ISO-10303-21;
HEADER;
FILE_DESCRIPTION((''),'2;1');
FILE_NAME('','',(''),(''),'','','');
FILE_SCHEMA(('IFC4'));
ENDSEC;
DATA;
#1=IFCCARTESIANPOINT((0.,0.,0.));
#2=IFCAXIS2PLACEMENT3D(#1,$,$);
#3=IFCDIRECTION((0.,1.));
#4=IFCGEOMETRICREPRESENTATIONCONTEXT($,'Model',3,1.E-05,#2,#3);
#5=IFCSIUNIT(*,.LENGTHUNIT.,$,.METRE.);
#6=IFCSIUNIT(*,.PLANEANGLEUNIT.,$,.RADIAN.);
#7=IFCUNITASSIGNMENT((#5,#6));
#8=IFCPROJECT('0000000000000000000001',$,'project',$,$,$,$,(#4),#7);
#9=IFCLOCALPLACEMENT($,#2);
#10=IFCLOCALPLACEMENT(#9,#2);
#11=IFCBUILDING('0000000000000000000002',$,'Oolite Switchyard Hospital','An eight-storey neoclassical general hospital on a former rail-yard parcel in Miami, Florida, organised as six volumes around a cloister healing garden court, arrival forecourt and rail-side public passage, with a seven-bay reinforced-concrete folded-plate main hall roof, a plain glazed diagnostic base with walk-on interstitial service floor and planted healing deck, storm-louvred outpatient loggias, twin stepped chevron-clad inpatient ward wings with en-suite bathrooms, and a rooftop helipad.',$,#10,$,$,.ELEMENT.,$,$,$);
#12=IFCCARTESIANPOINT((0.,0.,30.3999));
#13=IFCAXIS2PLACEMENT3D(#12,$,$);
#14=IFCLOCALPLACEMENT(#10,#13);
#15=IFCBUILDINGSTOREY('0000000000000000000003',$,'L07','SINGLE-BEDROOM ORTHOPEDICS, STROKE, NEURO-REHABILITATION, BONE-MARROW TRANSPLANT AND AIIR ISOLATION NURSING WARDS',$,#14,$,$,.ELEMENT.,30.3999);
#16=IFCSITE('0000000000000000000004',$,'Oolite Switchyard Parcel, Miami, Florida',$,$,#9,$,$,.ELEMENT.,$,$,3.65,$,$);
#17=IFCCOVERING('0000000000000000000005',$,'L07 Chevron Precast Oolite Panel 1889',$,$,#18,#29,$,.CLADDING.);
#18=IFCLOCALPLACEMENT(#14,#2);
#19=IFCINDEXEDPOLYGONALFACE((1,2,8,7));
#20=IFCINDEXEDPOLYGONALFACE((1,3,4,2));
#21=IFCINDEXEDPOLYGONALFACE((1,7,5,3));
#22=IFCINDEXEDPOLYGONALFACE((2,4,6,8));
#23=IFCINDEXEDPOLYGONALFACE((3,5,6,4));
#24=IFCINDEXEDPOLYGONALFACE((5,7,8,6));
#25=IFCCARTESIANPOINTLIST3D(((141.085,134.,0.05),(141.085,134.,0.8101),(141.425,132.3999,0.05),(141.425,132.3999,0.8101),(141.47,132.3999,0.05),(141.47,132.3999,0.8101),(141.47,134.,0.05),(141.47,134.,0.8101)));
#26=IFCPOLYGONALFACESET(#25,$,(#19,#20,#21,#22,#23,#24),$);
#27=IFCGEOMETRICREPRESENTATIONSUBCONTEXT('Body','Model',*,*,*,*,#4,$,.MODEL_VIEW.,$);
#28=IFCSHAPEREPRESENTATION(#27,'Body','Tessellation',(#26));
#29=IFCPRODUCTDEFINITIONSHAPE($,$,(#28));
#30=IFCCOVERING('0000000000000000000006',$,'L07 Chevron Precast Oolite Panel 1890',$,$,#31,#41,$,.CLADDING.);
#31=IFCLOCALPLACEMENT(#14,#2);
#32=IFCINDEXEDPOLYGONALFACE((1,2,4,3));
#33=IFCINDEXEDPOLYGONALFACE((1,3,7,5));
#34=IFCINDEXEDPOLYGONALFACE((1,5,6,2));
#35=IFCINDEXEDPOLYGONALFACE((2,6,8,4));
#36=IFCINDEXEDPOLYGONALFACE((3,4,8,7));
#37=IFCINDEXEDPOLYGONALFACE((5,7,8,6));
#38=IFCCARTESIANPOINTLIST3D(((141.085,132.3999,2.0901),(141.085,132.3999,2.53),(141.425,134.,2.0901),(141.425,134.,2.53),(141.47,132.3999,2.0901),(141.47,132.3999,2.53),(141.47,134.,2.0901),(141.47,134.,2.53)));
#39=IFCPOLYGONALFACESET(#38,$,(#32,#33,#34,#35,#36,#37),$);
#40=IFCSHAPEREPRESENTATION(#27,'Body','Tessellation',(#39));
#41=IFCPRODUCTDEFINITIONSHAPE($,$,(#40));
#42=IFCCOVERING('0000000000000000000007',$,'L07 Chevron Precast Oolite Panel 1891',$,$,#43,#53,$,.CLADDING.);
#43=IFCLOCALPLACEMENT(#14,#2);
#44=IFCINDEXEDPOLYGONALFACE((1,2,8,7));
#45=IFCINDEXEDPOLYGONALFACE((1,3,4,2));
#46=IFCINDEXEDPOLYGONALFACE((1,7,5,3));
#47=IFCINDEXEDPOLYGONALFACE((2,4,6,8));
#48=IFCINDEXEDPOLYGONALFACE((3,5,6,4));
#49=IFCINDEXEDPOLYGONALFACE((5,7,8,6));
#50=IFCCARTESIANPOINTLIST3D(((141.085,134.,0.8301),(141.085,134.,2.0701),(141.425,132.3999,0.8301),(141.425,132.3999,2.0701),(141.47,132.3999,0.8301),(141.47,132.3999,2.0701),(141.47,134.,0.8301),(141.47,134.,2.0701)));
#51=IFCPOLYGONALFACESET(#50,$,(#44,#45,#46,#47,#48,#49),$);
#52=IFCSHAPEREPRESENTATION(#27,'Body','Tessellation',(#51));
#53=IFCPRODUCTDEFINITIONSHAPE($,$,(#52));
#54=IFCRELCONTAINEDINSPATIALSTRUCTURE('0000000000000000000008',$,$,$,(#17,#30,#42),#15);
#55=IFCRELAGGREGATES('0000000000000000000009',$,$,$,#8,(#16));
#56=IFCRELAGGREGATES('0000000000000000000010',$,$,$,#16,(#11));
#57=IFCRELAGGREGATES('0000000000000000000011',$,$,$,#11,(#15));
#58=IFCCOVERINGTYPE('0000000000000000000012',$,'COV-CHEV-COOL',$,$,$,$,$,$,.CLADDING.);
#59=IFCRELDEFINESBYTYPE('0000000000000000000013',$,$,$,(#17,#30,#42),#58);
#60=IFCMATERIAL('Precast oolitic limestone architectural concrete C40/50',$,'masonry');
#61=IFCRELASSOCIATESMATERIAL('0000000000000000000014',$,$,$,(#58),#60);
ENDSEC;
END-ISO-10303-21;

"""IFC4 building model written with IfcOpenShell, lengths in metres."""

from ifc_helpers import new_model, si_unit, direction, frame, origin, place, context, subcontext, project, spatial, polyline, outline, extrude, material, type_object, element, save


model = new_model("IFC4")

# Units and contexts
model_context = context("Model", 3, precision=1e-05, world=origin(), true_north=direction((0.0, 1.0)))
body_context = subcontext(model_context, "Body", "Model", "MODEL_VIEW")
ifc_project = project(units=[si_unit("LENGTHUNIT", "METRE"), si_unit("PLANEANGLEUNIT", "RADIAN")], contexts=[model_context])

# Site, building, storey
site_placement = place(None, origin())
site = spatial("IfcSite", under=ifc_project, at=site_placement, Name="Oolite Switchyard Parcel, Miami, Florida", CompositionType="ELEMENT", RefElevation=3.65)
building_placement = place(site_placement, origin())
building = spatial("IfcBuilding", under=site, at=building_placement, Name="Oolite Switchyard Hospital", Description="An eight-storey neoclassical general hospital on a former rail-yard parcel in Miami, Florida, organised as six volumes around a cloister healing garden court, arrival forecourt and rail-side public passage, with a seven-bay reinforced-concrete folded-plate main hall roof, a plain glazed diagnostic base with walk-on interstitial service floor and planted healing deck, storm-louvred outpatient loggias, twin stepped chevron-clad inpatient ward wings with en-suite bathrooms, and a rooftop helipad.", CompositionType="ELEMENT")
storey_placement = place(building_placement, frame((0.0, 0.0, 30.3999)))
storey = spatial("IfcBuildingStorey", under=building, at=storey_placement, Name="L07", Description="SINGLE-BEDROOM ORTHOPEDICS, STROKE, NEURO-REHABILITATION, BONE-MARROW TRANSPLANT AND AIIR ISOLATION NURSING WARDS", CompositionType="ELEMENT", Elevation=30.3999)

# Shared definitions
ifc_material_1 = material(Name="Precast oolitic limestone architectural concrete C40/50", Category="masonry")

# Coverings
covering_type = type_object("IfcCoveringType", Name="COV-CHEV-COOL", PredefinedType="CLADDING", material=ifc_material_1)
covering_1_placement = place(storey_placement, frame((141.47, 132.3999, 0.05), z_axis=(0.0, 0.0, 1.0), x_axis=(0.0, 1.0, 0.0)))
element("IfcCovering", 1, at=covering_1_placement, inside=storey, type_object=covering_type, Name="L07 Chevron Precast Oolite Panel 1889", PredefinedType="CLADDING", context=body_context, shape_type="SweptSolid", body=[
    extrude(outline(polyline([(0.0, 0.0), (1.6001, 0.0), (1.6001, 0.385), (0.0, 0.0449), (0.0, 0.0)])), origin(), (0.0, 0.0, 1.0), 0.76),
])
covering_2_placement = place(storey_placement, frame((141.47, 132.3999, 2.0901), z_axis=(0.0, 0.0, 1.0), x_axis=(0.0, 1.0, 0.0)))
element("IfcCovering", 2, at=covering_2_placement, inside=storey, type_object=covering_type, Name="L07 Chevron Precast Oolite Panel 1890", PredefinedType="CLADDING", context=body_context, shape_type="SweptSolid", body=[
    extrude(outline(polyline([(0.0, 0.0), (1.6001, 0.0), (1.6001, 0.0449), (0.0, 0.385), (0.0, 0.0)])), origin(), (0.0, 0.0, 1.0), 0.4399),
])
covering_3_placement = place(storey_placement, frame((141.47, 132.3999, 0.8301), z_axis=(0.0, 0.0, 1.0), x_axis=(0.0, 1.0, 0.0)))
element("IfcCovering", 3, at=covering_3_placement, inside=storey, type_object=covering_type, Name="L07 Chevron Precast Oolite Panel 1891", PredefinedType="CLADDING", context=body_context, shape_type="SweptSolid", body=[
    extrude(outline(polyline([(0.0, 0.0), (1.6001, 0.0), (1.6001, 0.385), (0.0, 0.0449), (0.0, 0.0)])), origin(), (0.0, 0.0, 1.0), 1.24),
])

save(model, "model.ifc")
